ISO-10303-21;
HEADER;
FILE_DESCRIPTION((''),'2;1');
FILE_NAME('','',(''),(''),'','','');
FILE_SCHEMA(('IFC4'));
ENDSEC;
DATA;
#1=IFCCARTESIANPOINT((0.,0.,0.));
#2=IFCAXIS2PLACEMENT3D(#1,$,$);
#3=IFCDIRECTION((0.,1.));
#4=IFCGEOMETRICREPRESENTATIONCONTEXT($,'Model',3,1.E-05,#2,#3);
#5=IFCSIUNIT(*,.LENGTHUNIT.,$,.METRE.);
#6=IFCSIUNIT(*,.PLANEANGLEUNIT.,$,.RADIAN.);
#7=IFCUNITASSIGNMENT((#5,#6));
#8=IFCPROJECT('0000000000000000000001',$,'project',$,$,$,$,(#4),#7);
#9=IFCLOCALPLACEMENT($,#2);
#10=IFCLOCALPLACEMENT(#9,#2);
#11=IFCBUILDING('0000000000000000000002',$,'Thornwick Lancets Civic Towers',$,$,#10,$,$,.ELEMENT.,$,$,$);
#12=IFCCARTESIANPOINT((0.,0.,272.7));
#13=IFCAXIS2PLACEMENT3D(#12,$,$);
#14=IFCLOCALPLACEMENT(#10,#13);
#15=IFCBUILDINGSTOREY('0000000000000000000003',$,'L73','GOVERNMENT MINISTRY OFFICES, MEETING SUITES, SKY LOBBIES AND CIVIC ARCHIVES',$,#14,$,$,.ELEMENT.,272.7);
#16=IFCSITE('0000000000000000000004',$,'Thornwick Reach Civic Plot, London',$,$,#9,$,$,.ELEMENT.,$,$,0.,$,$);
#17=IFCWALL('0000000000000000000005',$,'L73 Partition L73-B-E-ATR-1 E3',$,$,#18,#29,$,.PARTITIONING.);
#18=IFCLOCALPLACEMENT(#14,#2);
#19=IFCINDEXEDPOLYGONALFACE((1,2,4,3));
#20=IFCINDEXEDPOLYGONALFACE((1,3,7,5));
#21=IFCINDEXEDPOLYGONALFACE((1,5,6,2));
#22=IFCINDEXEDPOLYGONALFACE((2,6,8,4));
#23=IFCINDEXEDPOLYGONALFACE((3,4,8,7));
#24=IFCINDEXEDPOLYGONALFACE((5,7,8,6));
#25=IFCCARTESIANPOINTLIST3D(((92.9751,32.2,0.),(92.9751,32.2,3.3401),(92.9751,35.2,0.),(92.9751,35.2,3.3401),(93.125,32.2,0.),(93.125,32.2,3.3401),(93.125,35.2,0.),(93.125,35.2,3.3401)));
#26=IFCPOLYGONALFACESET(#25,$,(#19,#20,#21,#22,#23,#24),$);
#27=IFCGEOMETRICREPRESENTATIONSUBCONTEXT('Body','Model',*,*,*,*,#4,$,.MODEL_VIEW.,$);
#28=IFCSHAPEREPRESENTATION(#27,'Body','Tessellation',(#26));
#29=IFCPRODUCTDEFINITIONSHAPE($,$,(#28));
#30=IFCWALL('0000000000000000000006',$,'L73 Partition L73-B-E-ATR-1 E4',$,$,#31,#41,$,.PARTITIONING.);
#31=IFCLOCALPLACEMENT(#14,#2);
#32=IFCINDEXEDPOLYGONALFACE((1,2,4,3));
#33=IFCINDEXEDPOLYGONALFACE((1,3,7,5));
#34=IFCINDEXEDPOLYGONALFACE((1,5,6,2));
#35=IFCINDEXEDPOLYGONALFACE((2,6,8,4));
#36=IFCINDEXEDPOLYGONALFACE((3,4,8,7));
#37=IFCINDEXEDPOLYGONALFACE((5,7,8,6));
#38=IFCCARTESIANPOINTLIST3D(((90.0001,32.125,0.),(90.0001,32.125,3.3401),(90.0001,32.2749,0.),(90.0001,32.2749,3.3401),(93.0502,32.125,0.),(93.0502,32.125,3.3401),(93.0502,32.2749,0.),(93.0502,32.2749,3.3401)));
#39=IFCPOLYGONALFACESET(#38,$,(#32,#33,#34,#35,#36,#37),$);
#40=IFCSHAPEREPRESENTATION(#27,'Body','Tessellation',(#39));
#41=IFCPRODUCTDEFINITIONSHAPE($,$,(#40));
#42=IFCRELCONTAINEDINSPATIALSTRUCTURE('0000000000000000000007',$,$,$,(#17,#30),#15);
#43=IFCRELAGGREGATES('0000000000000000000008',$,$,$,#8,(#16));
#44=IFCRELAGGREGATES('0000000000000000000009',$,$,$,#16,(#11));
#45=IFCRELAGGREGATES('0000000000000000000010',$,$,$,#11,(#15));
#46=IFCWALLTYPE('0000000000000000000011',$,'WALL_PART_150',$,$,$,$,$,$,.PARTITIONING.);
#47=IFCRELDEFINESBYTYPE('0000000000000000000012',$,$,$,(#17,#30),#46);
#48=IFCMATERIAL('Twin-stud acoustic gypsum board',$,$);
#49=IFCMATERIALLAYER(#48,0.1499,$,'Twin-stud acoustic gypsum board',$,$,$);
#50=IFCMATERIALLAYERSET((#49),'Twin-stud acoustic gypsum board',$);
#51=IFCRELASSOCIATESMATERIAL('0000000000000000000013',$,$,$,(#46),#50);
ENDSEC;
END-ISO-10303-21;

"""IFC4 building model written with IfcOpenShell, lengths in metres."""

from ifc_helpers import new_model, si_unit, direction, frame, frame_2d, origin, place, context, subcontext, project, spatial, rectangle, extrude, material, layer, layer_set, type_object, element, save


model = new_model("IFC4")

# Units and contexts
model_context = context("Model", 3, precision=1e-05, world=origin(), true_north=direction((0.0, 1.0)))
body_context = subcontext(model_context, "Body", "Model", "MODEL_VIEW")
ifc_project = project(units=[si_unit("LENGTHUNIT", "METRE"), si_unit("PLANEANGLEUNIT", "RADIAN")], contexts=[model_context])

# Site, building, storey
site_placement = place(None, origin())
site = spatial("IfcSite", under=ifc_project, at=site_placement, Name="Thornwick Reach Civic Plot, London", CompositionType="ELEMENT", RefElevation=0.0)
building_placement = place(site_placement, origin())
building = spatial("IfcBuilding", under=site, at=building_placement, Name="Thornwick Lancets Civic Towers", CompositionType="ELEMENT")
storey_placement = place(building_placement, frame((0.0, 0.0, 272.7)))
storey = spatial("IfcBuildingStorey", under=building, at=storey_placement, Name="L73", Description="GOVERNMENT MINISTRY OFFICES, MEETING SUITES, SKY LOBBIES AND CIVIC ARCHIVES", CompositionType="ELEMENT", Elevation=272.7)

# Shared definitions
ifc_material_1 = material(Name="Twin-stud acoustic gypsum board")
ifc_layer_1 = layer(ifc_material_1, 0.1499, Name="Twin-stud acoustic gypsum board")
ifc_layer_set_1 = layer_set([ifc_layer_1], Name="Twin-stud acoustic gypsum board")
wall_type_1 = type_object("IfcWallType", Name="WALL_PART_150", PredefinedType="PARTITIONING", material=ifc_layer_set_1)

# Walls
wall_1_placement = place(storey_placement, frame((93.05, 35.2, 0.0), z_axis=(0.0, 0.0, 1.0), x_axis=(0.0, -1.0, 0.0)))
element("IfcWall", 1, at=wall_1_placement, inside=storey, type_object=wall_type_1, Name="L73 Partition L73-B-E-ATR-1 E3", PredefinedType="PARTITIONING", context=body_context, shape_type="SweptSolid", body=[
    extrude(rectangle(XDim=3.0, YDim=0.1499, at=frame_2d((1.5, 0.0))), origin(), (0.0, 0.0, 1.0), 3.3401),
])
wall_2_placement = place(storey_placement, frame((93.05, 32.2, 0.0), z_axis=(0.0, 0.0, 1.0), x_axis=(-1.0, 0.0, 0.0)))
element("IfcWall", 2, at=wall_2_placement, inside=storey, type_object=wall_type_1, Name="L73 Partition L73-B-E-ATR-1 E4", PredefinedType="PARTITIONING", context=body_context, shape_type="SweptSolid", body=[
    extrude(rectangle(XDim=3.05, YDim=0.1499, at=frame_2d((1.5249, 0.0))), origin(), (0.0, 0.0, 1.0), 3.3401),
])

save(model, "model.ifc")
